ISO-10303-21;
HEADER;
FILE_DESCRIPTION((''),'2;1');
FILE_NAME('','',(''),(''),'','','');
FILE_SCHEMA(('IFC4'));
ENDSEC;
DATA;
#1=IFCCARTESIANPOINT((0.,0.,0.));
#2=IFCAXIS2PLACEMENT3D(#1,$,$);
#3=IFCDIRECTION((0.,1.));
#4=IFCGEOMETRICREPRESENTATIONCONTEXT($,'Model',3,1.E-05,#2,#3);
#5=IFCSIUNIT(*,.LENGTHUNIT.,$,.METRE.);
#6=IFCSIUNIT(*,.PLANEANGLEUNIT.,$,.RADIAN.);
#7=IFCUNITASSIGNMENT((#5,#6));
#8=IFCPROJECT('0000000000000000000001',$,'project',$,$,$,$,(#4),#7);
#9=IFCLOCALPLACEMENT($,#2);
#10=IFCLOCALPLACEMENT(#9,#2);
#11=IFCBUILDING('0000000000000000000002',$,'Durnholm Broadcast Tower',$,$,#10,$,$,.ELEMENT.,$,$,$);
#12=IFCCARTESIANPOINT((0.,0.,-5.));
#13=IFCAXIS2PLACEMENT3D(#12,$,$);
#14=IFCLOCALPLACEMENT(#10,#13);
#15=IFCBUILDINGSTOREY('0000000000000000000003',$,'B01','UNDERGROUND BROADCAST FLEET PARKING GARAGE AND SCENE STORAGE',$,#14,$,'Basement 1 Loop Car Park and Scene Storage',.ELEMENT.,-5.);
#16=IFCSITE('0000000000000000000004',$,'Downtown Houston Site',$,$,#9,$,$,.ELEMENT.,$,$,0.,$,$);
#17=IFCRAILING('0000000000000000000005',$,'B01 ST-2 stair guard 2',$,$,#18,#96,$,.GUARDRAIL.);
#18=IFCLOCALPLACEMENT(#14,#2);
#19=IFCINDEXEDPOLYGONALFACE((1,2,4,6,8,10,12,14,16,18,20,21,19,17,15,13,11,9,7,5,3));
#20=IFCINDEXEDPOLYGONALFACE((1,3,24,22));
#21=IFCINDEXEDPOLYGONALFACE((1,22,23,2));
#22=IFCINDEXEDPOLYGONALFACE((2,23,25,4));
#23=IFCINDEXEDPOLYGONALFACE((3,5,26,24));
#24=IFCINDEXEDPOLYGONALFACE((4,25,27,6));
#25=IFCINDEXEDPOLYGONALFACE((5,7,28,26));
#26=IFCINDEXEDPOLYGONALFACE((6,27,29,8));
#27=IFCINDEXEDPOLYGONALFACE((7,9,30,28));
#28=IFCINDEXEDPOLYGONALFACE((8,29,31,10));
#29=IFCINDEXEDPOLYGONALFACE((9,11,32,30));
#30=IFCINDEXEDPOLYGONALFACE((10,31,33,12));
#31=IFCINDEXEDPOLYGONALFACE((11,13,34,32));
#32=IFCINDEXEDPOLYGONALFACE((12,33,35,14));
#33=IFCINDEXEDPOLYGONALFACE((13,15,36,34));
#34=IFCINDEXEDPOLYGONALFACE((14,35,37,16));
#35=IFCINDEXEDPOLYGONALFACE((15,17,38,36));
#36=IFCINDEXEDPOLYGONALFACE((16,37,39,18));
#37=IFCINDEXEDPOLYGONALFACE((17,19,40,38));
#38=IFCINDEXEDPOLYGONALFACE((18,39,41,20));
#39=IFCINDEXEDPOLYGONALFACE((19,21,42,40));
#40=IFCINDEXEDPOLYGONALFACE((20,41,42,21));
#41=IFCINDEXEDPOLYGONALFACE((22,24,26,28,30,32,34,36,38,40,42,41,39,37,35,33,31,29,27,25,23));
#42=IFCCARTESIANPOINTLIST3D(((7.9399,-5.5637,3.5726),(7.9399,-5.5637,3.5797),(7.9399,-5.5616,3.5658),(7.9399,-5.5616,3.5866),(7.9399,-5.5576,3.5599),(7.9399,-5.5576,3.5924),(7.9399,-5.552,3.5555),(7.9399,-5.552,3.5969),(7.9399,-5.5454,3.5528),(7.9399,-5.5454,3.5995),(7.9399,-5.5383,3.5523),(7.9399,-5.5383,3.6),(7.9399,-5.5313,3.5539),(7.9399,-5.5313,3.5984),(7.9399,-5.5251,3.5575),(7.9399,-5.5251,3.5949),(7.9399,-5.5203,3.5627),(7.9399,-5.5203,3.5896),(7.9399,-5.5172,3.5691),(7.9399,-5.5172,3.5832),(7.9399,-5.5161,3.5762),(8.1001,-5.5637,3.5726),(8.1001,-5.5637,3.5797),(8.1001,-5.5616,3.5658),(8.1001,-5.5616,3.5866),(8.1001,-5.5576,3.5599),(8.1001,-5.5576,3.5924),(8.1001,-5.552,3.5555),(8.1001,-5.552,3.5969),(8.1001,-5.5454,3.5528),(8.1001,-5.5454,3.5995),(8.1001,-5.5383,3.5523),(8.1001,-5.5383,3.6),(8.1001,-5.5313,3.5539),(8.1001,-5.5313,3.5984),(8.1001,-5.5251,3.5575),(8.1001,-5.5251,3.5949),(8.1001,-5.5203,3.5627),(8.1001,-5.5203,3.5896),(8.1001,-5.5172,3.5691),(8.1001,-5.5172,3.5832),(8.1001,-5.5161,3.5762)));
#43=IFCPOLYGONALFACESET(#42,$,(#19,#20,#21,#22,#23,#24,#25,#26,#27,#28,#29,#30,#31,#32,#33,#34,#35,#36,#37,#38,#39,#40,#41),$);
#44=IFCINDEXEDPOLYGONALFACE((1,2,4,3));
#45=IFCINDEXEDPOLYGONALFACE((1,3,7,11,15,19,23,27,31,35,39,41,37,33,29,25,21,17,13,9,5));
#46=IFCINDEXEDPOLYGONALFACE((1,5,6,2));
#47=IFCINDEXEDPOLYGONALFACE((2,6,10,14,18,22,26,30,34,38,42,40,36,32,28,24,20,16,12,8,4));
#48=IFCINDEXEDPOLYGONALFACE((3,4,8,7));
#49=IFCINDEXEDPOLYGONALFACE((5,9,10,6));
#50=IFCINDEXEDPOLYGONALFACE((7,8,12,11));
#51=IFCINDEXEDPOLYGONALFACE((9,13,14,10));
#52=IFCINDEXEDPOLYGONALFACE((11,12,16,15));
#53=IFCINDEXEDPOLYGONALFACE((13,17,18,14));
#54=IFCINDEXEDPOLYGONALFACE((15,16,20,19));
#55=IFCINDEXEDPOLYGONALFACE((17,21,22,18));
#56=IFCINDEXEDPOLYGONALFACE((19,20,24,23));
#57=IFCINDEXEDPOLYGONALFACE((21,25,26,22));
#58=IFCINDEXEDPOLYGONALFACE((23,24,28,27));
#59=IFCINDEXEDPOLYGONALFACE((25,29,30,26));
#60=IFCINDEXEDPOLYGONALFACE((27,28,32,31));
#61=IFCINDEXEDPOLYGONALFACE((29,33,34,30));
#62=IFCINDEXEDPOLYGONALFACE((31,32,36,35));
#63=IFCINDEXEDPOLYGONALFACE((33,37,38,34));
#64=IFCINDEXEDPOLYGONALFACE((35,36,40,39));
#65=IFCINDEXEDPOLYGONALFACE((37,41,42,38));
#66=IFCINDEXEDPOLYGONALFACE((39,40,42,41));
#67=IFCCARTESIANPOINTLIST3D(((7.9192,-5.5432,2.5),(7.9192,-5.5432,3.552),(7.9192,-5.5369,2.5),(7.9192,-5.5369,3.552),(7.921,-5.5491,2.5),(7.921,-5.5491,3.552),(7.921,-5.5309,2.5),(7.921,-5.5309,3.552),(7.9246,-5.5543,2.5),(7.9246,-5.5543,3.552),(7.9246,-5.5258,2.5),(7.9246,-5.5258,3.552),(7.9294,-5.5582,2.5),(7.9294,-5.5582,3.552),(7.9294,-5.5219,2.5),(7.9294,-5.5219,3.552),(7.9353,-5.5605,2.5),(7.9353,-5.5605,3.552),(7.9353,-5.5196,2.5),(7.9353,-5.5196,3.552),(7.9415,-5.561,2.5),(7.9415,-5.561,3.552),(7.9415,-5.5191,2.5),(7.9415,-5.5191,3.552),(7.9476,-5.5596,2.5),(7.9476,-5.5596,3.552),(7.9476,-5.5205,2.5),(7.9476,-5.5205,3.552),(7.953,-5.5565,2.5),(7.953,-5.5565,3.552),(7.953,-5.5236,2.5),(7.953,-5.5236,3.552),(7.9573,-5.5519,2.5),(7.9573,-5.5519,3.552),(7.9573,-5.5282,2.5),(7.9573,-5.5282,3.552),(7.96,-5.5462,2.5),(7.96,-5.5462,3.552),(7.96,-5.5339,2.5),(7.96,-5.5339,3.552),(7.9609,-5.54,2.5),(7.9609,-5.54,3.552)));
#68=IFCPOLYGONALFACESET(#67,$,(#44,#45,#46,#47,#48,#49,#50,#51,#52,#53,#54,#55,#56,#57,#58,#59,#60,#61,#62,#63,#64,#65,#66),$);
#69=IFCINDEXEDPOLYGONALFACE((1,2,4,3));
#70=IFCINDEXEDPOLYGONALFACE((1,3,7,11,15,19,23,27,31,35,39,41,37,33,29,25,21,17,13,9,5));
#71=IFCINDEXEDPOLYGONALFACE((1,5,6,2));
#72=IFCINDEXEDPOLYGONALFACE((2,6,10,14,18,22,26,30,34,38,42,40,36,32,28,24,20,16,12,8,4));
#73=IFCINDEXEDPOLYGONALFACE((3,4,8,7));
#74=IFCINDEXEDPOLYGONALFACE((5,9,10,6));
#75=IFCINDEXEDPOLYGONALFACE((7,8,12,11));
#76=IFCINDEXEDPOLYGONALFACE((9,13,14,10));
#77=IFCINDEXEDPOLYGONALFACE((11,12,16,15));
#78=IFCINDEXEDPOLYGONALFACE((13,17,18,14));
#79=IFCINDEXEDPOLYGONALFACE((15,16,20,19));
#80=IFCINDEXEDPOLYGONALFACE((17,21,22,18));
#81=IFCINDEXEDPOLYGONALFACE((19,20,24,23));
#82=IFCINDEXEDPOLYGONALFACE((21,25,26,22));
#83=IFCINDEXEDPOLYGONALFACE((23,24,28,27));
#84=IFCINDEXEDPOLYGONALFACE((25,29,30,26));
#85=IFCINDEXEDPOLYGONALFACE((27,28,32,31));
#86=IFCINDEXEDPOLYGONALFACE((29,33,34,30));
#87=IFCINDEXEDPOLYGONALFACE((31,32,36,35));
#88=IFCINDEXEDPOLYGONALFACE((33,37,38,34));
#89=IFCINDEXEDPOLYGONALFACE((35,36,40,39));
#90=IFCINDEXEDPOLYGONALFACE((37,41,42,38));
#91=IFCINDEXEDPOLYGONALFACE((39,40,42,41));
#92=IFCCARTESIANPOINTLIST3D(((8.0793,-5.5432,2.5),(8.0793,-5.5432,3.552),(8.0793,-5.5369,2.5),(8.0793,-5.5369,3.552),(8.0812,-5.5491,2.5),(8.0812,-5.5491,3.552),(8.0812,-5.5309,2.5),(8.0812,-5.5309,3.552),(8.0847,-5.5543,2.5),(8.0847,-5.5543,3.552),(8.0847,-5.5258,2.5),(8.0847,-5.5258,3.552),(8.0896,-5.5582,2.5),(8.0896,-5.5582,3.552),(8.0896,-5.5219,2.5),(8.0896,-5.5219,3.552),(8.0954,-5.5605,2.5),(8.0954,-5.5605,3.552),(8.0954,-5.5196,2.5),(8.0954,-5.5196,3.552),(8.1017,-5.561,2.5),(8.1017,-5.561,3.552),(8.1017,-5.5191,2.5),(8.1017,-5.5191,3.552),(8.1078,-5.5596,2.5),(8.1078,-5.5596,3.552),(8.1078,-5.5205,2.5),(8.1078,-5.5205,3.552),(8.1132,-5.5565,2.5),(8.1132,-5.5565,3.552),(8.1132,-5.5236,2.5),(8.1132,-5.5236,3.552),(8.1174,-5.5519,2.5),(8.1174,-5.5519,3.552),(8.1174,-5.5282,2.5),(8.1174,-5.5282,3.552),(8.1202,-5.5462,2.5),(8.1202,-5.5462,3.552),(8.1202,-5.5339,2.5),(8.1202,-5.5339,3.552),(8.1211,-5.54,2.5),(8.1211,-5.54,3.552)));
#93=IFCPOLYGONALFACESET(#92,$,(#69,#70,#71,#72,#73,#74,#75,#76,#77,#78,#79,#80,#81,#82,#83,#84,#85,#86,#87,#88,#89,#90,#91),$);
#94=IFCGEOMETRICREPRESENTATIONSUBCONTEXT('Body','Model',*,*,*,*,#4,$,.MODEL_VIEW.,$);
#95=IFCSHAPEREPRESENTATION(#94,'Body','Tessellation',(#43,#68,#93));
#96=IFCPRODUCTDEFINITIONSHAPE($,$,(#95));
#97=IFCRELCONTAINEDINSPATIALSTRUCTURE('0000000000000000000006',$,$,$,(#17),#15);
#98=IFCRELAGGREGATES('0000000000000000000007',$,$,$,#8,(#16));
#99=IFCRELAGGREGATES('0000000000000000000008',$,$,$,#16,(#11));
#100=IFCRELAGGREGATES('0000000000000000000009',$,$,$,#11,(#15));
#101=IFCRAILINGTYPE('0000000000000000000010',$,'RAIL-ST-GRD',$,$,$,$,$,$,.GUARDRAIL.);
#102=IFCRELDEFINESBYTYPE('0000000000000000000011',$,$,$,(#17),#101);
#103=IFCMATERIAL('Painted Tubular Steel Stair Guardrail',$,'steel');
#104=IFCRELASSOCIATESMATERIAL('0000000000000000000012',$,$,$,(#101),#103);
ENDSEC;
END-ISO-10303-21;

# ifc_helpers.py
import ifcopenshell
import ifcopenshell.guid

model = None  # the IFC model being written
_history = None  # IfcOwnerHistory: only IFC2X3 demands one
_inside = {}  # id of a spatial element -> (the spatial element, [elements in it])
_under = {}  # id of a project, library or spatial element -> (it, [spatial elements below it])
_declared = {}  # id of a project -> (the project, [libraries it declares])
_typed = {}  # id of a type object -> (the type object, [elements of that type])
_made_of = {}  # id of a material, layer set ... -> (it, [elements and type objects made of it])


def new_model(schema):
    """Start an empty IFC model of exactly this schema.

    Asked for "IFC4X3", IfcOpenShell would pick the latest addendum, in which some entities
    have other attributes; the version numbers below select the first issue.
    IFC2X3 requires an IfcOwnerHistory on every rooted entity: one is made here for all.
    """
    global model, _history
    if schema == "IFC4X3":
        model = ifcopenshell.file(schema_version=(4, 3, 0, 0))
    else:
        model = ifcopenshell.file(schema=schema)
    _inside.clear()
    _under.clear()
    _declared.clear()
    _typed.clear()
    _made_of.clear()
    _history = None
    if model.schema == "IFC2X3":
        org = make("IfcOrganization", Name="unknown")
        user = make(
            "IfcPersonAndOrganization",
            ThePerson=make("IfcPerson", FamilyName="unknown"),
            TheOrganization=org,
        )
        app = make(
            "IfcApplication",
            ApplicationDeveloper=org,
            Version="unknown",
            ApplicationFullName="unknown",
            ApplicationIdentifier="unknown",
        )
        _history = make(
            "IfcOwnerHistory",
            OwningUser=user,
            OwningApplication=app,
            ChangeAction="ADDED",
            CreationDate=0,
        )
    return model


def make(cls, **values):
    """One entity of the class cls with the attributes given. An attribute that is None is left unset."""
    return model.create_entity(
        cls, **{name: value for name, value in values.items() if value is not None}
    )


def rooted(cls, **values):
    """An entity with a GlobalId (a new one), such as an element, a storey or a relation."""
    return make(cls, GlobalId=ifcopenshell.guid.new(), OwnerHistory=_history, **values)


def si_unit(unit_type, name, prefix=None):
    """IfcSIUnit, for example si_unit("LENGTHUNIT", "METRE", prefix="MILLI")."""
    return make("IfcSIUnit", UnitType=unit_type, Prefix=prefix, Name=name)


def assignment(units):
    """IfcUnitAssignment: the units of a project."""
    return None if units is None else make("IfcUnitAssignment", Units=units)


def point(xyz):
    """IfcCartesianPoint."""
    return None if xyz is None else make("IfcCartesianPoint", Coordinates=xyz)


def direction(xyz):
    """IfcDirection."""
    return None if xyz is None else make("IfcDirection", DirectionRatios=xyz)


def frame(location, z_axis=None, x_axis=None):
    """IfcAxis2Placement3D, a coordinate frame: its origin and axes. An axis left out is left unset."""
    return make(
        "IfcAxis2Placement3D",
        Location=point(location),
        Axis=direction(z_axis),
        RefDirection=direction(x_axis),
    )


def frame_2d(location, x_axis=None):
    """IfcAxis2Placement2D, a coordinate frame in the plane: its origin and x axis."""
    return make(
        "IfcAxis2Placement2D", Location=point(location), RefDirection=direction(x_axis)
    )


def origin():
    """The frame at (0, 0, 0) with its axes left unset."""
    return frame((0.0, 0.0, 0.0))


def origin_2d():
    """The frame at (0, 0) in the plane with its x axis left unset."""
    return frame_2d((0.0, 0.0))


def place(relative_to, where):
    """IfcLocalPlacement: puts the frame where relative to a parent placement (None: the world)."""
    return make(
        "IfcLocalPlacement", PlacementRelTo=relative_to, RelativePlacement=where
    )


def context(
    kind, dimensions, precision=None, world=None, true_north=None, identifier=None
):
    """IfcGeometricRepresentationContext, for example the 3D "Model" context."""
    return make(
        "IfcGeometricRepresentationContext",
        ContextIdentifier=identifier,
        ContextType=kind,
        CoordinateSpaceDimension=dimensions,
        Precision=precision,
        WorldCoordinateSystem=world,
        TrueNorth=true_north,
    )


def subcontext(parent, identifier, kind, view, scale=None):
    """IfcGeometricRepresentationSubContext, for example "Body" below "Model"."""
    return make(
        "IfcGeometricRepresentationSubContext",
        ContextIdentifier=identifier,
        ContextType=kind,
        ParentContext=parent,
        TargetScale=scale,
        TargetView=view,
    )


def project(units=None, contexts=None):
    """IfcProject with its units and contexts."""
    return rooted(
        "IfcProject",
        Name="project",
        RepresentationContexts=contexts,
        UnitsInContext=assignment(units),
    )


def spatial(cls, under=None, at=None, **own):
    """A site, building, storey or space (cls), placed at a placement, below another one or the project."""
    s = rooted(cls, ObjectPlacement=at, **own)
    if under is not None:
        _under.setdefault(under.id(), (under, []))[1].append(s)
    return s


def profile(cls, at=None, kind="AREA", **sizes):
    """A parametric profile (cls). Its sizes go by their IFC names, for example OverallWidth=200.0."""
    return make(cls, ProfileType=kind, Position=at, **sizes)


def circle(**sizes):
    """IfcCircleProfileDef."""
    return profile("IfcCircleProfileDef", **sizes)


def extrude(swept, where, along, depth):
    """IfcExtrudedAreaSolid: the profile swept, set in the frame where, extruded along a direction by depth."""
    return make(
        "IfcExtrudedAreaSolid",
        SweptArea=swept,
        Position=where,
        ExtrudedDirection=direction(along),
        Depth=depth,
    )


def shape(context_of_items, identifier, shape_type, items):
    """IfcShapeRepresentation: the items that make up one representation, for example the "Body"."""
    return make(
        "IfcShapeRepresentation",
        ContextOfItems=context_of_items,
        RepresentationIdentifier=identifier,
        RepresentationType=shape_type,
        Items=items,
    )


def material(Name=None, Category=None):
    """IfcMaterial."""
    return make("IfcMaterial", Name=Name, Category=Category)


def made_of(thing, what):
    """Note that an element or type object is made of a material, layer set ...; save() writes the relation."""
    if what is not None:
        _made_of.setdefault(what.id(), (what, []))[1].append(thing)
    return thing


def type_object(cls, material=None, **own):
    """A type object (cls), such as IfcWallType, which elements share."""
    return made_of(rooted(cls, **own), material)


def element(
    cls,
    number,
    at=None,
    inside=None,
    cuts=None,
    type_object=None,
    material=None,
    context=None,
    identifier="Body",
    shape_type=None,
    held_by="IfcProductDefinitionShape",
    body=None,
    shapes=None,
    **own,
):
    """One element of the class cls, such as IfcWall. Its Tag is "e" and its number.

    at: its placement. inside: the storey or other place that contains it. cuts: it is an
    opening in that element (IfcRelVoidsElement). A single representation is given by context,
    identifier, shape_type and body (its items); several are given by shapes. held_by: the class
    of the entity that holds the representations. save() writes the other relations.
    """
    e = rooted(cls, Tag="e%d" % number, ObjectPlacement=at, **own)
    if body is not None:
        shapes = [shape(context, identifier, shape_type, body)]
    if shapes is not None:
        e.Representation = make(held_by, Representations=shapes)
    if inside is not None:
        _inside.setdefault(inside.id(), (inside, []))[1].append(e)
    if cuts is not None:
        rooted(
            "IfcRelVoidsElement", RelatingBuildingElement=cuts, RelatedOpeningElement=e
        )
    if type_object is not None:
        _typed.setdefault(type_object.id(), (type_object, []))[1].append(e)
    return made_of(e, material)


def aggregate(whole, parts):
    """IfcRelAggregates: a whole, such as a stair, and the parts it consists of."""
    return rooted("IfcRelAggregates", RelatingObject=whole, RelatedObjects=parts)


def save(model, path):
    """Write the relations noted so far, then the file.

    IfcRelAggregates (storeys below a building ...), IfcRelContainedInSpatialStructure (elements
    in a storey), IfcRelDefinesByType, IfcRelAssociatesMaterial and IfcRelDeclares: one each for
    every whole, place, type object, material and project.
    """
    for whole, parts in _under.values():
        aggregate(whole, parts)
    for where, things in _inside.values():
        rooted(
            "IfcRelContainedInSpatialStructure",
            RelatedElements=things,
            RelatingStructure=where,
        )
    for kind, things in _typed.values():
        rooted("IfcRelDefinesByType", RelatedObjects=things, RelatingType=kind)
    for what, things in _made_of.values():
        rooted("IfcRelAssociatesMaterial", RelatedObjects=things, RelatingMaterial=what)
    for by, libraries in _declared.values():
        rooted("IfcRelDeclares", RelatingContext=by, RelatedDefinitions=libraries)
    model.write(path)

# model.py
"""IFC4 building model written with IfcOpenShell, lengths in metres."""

from ifc_helpers import new_model, si_unit, direction, frame, origin, origin_2d, place, context, subcontext, project, spatial, circle, extrude, material, type_object, element, save


model = new_model("IFC4")

# Units and contexts
model_context = context("Model", 3, precision=1e-05, world=origin(), true_north=direction((0.0, 1.0)))
body_context = subcontext(model_context, "Body", "Model", "MODEL_VIEW")
ifc_project = project(units=[si_unit("LENGTHUNIT", "METRE"), si_unit("PLANEANGLEUNIT", "RADIAN")], contexts=[model_context])

# Site, building, storey
site_placement = place(None, origin())
site = spatial("IfcSite", under=ifc_project, at=site_placement, Name="Downtown Houston Site", CompositionType="ELEMENT", RefElevation=0.0)
building_placement = place(site_placement, origin())
building = spatial("IfcBuilding", under=site, at=building_placement, Name="Durnholm Broadcast Tower", CompositionType="ELEMENT")
storey_placement = place(building_placement, frame((0.0, 0.0, -5.0)))
storey = spatial("IfcBuildingStorey", under=building, at=storey_placement, Name="B01", Description="UNDERGROUND BROADCAST FLEET PARKING GARAGE AND SCENE STORAGE", LongName="Basement 1 Loop Car Park and Scene Storage", CompositionType="ELEMENT", Elevation=-5.0)

# Railing
ifc_material_1 = material(Name="Painted Tubular Steel Stair Guardrail", Category="steel")
railing_type_1 = type_object("IfcRailingType", Name="RAIL-ST-GRD", PredefinedType="GUARDRAIL", material=ifc_material_1)
railing_1_placement = place(storey_placement, frame((7.9399, -5.54, 2.5)))
element("IfcRailing", 1, at=railing_1_placement, inside=storey, type_object=railing_type_1, Name="B01 ST-2 stair guard 2", PredefinedType="GUARDRAIL", context=body_context, shape_type="SweptSolid", body=[
    extrude(circle(Radius=0.0239, at=origin_2d()), frame((0.0, 0.0, 1.0762), z_axis=(1.0, 0.0, 0.0), x_axis=(0.0, 1.0, 0.0)), (0.0, 0.0, 1.0), 0.1602),
    extrude(circle(Radius=0.021, at=origin_2d()), origin(), (0.0, 0.0, 1.0), 1.052),
    extrude(circle(Radius=0.021, at=origin_2d()), frame((0.1602, 0.0, 0.0)), (0.0, 0.0, 1.0), 1.052),
])

save(model, "model.ifc")
